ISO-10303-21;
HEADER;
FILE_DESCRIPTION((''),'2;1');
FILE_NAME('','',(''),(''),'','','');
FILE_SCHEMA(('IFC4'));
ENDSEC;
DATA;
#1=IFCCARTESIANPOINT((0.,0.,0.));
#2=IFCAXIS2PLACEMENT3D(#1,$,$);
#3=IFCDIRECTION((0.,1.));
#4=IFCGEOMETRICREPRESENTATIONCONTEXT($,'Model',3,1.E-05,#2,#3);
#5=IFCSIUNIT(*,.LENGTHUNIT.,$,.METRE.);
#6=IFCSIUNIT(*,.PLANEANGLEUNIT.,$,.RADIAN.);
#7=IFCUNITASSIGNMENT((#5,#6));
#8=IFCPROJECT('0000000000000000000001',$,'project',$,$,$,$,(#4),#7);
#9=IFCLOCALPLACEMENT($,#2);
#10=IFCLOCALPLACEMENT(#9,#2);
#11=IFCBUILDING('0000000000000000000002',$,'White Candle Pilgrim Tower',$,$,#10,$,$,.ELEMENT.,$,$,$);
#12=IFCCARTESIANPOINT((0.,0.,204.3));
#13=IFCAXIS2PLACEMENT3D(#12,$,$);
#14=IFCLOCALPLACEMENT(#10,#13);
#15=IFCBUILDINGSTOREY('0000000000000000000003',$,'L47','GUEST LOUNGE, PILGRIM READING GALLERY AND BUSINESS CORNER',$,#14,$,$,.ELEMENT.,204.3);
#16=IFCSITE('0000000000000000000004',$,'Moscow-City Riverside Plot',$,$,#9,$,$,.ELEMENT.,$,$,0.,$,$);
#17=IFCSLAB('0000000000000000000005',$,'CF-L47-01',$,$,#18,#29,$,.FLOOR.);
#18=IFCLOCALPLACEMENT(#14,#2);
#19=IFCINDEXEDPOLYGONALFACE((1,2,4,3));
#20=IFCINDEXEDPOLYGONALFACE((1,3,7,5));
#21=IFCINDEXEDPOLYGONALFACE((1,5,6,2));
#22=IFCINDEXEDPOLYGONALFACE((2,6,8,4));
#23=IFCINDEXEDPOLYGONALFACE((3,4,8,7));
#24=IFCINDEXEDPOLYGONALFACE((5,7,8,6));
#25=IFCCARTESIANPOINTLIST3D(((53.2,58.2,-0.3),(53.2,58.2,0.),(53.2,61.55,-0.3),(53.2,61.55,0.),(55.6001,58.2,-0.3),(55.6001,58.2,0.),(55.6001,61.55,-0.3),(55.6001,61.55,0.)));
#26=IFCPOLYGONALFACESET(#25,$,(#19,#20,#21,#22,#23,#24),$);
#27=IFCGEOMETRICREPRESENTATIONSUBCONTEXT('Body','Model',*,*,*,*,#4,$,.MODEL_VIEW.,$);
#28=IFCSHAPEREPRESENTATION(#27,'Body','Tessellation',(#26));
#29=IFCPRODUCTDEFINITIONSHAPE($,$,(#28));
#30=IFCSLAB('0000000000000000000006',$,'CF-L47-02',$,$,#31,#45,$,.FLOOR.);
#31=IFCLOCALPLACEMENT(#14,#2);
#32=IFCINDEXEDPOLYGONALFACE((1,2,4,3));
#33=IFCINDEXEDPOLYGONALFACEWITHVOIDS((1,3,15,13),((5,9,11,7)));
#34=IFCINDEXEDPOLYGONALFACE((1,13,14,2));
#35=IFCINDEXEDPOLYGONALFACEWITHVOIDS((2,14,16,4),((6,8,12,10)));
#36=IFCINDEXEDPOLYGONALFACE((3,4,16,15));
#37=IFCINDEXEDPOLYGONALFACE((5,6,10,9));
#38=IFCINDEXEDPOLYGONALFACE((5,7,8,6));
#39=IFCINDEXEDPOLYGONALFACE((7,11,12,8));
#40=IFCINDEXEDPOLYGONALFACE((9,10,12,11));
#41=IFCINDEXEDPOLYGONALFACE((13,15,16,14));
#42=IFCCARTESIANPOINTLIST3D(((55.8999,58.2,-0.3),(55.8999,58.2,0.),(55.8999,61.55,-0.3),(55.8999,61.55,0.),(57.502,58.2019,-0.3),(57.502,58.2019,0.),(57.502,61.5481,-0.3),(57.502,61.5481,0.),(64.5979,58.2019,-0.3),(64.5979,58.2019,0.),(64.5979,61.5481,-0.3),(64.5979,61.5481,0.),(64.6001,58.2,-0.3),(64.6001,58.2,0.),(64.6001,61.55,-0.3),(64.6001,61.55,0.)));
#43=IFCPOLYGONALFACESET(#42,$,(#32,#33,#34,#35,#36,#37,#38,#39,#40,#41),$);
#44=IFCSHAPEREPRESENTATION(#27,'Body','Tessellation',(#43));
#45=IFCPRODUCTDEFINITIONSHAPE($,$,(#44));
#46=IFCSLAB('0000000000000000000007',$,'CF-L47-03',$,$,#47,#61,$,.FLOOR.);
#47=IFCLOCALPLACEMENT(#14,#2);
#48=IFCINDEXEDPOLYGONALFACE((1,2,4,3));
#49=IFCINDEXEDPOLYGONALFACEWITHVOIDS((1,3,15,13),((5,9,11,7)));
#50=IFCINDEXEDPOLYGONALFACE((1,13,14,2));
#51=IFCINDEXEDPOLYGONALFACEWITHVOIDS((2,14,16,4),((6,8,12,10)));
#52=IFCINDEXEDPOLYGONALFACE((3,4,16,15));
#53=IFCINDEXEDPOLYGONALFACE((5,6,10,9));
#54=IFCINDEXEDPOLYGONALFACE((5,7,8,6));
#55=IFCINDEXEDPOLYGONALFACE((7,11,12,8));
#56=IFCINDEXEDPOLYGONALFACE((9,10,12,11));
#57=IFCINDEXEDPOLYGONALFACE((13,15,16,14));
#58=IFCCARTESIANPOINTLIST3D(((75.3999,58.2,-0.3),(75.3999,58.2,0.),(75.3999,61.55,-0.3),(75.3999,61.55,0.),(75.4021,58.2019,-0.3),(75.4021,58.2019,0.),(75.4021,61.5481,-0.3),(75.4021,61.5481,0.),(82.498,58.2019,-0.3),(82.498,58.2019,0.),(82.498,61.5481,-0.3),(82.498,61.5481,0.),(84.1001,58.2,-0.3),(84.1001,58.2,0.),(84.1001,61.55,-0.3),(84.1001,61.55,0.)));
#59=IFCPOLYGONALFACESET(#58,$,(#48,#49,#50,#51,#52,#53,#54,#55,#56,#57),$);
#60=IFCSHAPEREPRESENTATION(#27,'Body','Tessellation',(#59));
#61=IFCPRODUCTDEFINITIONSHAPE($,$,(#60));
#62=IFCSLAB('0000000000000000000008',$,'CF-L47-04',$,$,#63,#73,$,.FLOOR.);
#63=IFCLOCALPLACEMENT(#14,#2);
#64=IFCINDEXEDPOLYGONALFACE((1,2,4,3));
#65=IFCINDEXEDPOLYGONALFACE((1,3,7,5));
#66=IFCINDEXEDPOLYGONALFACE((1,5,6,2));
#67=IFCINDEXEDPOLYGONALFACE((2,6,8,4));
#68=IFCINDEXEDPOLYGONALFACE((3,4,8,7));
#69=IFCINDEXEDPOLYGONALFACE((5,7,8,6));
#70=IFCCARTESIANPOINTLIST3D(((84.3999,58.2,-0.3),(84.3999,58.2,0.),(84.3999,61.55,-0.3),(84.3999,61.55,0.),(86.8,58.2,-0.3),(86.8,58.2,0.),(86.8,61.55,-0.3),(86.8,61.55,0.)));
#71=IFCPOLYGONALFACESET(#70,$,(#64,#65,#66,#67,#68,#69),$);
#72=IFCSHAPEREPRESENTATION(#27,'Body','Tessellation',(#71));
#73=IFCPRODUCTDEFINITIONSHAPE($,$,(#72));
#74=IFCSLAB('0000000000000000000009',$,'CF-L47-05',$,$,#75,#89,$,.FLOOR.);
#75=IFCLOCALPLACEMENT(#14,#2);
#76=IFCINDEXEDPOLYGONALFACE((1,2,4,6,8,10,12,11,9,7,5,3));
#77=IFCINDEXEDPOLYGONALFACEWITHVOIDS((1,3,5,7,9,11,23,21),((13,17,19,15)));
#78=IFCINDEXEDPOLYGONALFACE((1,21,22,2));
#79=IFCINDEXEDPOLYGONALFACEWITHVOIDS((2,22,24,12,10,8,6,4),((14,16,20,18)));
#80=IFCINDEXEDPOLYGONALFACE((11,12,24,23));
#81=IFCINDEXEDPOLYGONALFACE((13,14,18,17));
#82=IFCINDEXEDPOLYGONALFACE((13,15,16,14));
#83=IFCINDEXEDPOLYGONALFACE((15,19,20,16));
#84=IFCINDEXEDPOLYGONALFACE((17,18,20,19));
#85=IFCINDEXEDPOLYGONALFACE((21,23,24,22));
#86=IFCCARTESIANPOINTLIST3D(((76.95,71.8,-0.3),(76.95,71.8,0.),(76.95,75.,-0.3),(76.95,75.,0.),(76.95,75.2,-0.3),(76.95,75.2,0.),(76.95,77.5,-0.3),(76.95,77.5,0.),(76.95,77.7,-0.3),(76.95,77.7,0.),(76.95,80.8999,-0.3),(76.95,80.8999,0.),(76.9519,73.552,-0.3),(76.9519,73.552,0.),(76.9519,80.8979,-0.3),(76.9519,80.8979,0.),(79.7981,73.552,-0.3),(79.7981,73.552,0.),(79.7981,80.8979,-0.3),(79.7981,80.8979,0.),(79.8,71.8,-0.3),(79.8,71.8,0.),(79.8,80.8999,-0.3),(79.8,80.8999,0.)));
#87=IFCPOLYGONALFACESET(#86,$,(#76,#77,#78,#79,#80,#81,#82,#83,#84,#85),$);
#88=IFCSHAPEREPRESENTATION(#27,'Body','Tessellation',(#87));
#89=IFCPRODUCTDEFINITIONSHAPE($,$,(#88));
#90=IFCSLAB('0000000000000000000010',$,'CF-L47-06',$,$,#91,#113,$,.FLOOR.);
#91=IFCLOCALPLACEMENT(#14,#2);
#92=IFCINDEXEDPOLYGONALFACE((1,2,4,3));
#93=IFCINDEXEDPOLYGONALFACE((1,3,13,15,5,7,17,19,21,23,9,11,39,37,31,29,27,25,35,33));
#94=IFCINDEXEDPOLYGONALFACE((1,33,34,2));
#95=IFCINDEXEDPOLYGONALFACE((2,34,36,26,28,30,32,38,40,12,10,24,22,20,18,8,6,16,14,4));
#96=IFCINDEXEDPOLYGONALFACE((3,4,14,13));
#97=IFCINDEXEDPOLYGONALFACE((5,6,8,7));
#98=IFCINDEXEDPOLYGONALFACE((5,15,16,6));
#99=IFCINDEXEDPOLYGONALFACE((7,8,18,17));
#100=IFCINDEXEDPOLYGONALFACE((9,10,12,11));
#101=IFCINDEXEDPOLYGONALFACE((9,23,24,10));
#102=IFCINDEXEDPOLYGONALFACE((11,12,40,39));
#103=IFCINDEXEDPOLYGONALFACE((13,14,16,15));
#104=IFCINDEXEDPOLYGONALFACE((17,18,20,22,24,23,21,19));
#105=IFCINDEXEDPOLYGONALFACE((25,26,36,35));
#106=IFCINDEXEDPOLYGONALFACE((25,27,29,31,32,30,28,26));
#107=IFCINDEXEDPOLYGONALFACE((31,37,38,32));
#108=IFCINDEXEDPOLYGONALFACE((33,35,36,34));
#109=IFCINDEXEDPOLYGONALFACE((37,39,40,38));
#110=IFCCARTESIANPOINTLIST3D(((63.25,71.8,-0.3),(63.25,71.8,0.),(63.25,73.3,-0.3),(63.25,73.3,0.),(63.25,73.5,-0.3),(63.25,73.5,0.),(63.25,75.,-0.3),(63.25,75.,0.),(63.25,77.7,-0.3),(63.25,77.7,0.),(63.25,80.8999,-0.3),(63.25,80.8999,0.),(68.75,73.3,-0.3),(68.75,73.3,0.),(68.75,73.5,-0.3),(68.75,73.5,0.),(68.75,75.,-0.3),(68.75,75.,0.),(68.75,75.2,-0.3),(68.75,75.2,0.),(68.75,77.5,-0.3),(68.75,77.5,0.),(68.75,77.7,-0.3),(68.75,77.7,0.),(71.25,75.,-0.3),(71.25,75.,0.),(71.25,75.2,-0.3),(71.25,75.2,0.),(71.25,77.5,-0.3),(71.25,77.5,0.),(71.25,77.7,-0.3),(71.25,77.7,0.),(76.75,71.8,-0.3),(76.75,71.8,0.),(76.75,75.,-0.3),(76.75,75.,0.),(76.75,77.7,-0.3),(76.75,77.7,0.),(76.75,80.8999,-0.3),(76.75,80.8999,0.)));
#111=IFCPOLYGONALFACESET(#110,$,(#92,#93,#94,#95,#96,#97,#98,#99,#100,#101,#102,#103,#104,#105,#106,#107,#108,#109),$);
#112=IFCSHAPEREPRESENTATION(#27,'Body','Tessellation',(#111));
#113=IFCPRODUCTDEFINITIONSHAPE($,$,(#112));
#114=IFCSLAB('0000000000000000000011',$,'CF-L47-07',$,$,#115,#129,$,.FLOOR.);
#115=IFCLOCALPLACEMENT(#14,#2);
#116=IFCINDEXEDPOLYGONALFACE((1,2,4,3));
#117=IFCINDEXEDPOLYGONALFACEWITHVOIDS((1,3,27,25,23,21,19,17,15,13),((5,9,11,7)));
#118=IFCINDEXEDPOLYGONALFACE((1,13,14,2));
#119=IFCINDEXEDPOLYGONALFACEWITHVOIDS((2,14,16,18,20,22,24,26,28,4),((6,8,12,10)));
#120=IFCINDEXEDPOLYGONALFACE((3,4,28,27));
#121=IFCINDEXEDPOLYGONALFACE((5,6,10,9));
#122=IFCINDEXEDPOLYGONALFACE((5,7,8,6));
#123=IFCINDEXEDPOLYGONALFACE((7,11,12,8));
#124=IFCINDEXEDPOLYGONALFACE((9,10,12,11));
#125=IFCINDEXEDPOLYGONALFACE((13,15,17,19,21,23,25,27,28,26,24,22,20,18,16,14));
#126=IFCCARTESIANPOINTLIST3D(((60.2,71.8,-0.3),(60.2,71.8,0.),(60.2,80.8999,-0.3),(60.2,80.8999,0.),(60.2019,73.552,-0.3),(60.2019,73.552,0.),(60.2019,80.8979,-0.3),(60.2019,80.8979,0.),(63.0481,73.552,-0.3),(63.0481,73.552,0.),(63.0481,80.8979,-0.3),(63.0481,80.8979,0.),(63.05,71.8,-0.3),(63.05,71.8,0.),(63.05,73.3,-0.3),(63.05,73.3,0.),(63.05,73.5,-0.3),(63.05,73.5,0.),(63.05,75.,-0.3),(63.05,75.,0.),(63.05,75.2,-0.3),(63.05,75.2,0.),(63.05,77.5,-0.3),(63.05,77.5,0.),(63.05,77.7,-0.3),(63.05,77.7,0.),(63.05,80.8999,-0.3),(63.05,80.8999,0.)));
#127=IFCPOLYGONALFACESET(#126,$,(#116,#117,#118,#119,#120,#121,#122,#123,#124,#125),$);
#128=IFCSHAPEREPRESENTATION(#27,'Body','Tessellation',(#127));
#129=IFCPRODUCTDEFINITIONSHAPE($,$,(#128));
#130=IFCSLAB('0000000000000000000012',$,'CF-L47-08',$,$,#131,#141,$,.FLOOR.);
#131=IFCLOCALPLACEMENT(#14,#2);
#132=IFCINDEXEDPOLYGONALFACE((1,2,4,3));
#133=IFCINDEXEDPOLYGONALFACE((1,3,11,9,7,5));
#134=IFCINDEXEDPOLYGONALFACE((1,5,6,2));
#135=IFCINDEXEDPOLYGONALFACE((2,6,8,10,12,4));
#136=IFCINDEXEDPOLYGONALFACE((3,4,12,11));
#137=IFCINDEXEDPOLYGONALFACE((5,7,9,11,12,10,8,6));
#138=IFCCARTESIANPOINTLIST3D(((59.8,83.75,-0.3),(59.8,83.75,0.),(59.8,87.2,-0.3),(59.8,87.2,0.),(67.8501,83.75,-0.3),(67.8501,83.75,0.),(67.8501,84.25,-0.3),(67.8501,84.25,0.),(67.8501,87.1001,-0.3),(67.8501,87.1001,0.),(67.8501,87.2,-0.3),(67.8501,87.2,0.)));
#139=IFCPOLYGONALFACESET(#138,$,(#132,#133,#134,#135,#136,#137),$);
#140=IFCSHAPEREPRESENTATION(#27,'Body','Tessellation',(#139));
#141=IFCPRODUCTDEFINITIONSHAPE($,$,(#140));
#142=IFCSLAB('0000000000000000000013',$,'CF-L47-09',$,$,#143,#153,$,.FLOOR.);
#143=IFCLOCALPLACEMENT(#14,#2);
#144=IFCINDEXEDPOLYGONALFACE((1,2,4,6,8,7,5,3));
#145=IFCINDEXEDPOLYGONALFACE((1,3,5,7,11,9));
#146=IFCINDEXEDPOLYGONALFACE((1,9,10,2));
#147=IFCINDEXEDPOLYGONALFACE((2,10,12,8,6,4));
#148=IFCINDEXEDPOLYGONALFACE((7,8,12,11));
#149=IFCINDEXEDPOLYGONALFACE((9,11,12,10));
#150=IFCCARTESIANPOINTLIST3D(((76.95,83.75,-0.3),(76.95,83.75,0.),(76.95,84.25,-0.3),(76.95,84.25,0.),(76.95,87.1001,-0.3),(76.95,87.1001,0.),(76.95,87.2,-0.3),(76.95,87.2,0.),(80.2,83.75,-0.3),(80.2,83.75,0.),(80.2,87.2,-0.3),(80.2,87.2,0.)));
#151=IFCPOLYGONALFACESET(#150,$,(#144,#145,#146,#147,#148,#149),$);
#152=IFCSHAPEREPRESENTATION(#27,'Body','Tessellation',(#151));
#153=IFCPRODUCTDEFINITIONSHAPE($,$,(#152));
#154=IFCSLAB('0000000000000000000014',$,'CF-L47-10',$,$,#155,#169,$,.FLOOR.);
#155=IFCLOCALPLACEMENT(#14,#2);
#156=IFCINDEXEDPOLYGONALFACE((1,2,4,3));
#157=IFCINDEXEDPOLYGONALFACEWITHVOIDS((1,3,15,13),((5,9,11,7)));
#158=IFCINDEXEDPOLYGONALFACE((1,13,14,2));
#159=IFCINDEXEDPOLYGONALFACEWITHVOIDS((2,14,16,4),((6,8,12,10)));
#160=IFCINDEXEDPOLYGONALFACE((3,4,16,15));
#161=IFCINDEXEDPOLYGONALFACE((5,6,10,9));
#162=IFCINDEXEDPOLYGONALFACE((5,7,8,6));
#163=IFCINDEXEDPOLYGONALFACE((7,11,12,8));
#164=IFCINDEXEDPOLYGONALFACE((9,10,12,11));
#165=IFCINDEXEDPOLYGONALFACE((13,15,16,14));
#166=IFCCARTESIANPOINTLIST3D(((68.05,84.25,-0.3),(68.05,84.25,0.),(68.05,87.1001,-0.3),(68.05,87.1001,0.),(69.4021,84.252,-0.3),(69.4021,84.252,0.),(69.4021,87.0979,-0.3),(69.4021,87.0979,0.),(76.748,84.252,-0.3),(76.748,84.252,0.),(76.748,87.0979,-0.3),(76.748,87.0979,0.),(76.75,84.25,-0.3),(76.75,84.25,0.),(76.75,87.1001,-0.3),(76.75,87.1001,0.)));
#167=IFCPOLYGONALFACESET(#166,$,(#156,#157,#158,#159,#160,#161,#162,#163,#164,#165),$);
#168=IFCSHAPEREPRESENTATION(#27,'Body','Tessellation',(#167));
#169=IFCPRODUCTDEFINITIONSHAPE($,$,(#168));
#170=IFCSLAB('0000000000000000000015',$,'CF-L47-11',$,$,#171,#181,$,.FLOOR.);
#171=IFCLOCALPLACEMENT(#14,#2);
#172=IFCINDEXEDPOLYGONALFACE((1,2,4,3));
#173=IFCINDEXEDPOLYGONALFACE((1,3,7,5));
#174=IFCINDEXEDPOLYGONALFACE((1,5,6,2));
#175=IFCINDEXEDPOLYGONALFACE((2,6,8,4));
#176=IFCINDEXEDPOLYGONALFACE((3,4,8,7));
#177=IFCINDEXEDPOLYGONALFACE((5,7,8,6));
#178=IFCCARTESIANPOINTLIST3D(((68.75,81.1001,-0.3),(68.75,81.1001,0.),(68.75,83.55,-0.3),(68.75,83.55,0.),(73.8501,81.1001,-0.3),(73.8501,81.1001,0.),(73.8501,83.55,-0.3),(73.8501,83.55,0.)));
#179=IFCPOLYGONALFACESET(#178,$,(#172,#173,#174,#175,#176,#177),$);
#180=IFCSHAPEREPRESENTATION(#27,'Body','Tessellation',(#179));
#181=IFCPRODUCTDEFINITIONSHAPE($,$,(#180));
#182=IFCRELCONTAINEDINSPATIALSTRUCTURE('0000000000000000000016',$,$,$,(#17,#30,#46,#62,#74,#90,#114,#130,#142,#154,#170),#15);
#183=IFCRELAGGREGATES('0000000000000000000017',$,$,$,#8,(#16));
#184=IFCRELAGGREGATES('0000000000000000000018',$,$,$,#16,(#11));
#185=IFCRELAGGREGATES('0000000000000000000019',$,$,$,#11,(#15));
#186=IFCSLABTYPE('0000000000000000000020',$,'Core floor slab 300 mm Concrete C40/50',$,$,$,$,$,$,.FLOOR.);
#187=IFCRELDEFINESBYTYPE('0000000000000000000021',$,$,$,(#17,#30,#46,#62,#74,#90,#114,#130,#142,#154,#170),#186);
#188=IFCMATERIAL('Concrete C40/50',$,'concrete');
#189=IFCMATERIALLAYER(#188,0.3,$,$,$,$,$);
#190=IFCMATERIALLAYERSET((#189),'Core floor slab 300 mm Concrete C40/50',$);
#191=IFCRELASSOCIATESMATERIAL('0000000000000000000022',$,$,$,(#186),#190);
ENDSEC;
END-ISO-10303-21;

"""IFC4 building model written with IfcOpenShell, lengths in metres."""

from ifc_helpers import new_model, si_unit, direction, frame, origin, place, context, subcontext, project, spatial, polyline, outline, extrude, material, layer, layer_set, type_object, element, save


model = new_model("IFC4")

# Units and contexts
model_context = context("Model", 3, precision=1e-05, world=origin(), true_north=direction((0.0, 1.0)))
body_context = subcontext(model_context, "Body", "Model", "MODEL_VIEW")
ifc_project = project(units=[si_unit("LENGTHUNIT", "METRE"), si_unit("PLANEANGLEUNIT", "RADIAN")], contexts=[model_context])

# Site, building, storey
site_placement = place(None, origin())
site = spatial("IfcSite", under=ifc_project, at=site_placement, Name="Moscow-City Riverside Plot", CompositionType="ELEMENT", RefElevation=0.0)
building_placement = place(site_placement, origin())
building = spatial("IfcBuilding", under=site, at=building_placement, Name="White Candle Pilgrim Tower", CompositionType="ELEMENT")
storey_placement = place(building_placement, frame((0.0, 0.0, 204.3)))
storey = spatial("IfcBuildingStorey", under=building, at=storey_placement, Name="L47", Description="GUEST LOUNGE, PILGRIM READING GALLERY AND BUSINESS CORNER", CompositionType="ELEMENT", Elevation=204.3)

# Slabs
ifc_material = material(Name="Concrete C40/50", Category="concrete")
ifc_layer_1 = layer(ifc_material, 0.3)
ifc_layer_set_1 = layer_set([ifc_layer_1], Name="Core floor slab 300 mm Concrete C40/50")
slab_type_1 = type_object("IfcSlabType", Name="Core floor slab 300 mm Concrete C40/50", PredefinedType="FLOOR", material=ifc_layer_set_1)
slab_1_placement = place(storey_placement, frame((0.0, 0.0, -0.3)))
element("IfcSlab", 1, at=slab_1_placement, inside=storey, type_object=slab_type_1, Name="CF-L47-01", PredefinedType="FLOOR", context=body_context, shape_type="SweptSolid", body=[
    extrude(outline(polyline([(55.6001, 58.2), (53.2, 58.2), (53.2, 61.55), (55.6001, 61.55), (55.6001, 58.2)])), origin(), (0.0, 0.0, 1.0), 0.3),
])
slab_2_placement = place(storey_placement, frame((0.0, 0.0, -0.3)))
element("IfcSlab", 2, at=slab_2_placement, inside=storey, type_object=slab_type_1, Name="CF-L47-02", PredefinedType="FLOOR", context=body_context, shape_type="SweptSolid", body=[
    extrude(outline(polyline([(55.8999, 58.2), (55.8999, 61.55), (64.6001, 61.55), (64.6001, 58.2), (55.8999, 58.2)]), holes=[polyline([(57.502, 61.5481), (57.502, 58.2019), (64.5979, 58.2019), (64.5979, 61.5481), (57.502, 61.5481)])]), origin(), (0.0, 0.0, 1.0), 0.3),
])
slab_3_placement = place(storey_placement, frame((0.0, 0.0, -0.3)))
element("IfcSlab", 3, at=slab_3_placement, inside=storey, type_object=slab_type_1, Name="CF-L47-03", PredefinedType="FLOOR", context=body_context, shape_type="SweptSolid", body=[
    extrude(outline(polyline([(75.3999, 58.2), (75.3999, 61.55), (84.1001, 61.55), (84.1001, 58.2), (75.3999, 58.2)]), holes=[polyline([(82.498, 58.2019), (82.498, 61.5481), (75.4021, 61.5481), (75.4021, 58.2019), (82.498, 58.2019)])]), origin(), (0.0, 0.0, 1.0), 0.3),
])
slab_4_placement = place(storey_placement, frame((0.0, 0.0, -0.3)))
element("IfcSlab", 4, at=slab_4_placement, inside=storey, type_object=slab_type_1, Name="CF-L47-04", PredefinedType="FLOOR", context=body_context, shape_type="SweptSolid", body=[
    extrude(outline(polyline([(86.8, 58.2), (84.3999, 58.2), (84.3999, 61.55), (86.8, 61.55), (86.8, 58.2)])), origin(), (0.0, 0.0, 1.0), 0.3),
])
slab_5_placement = place(storey_placement, frame((0.0, 0.0, -0.3)))
element("IfcSlab", 5, at=slab_5_placement, inside=storey, type_object=slab_type_1, Name="CF-L47-05", PredefinedType="FLOOR", context=body_context, shape_type="SweptSolid", body=[
    extrude(outline(polyline([(76.95, 71.8), (76.95, 75.0), (76.95, 75.2), (76.95, 77.5), (76.95, 77.7), (76.95, 80.8999), (79.8, 80.8999), (79.8, 71.8), (76.95, 71.8)]), holes=[polyline([(76.9519, 73.552), (79.7981, 73.552), (79.7981, 80.8979), (76.9519, 80.8979), (76.9519, 73.552)])]), origin(), (0.0, 0.0, 1.0), 0.3),
])
slab_6_placement = place(storey_placement, frame((0.0, 0.0, -0.3)))
element("IfcSlab", 6, at=slab_6_placement, inside=storey, type_object=slab_type_1, Name="CF-L47-06", PredefinedType="FLOOR", context=body_context, shape_type="SweptSolid", body=[
    extrude(outline(polyline([(63.25, 71.8), (63.25, 73.3), (68.75, 73.3), (68.75, 73.5), (63.25, 73.5), (63.25, 75.0), (68.75, 75.0), (68.75, 75.2), (68.75, 77.5), (68.75, 77.7), (63.25, 77.7), (63.25, 80.8999), (76.75, 80.8999), (76.75, 77.7), (71.25, 77.7), (71.25, 77.5), (71.25, 75.2), (71.25, 75.0), (76.75, 75.0), (76.75, 71.8), (63.25, 71.8)])), origin(), (0.0, 0.0, 1.0), 0.3),
])
slab_7_placement = place(storey_placement, frame((0.0, 0.0, -0.3)))
element("IfcSlab", 7, at=slab_7_placement, inside=storey, type_object=slab_type_1, Name="CF-L47-07", PredefinedType="FLOOR", context=body_context, shape_type="SweptSolid", body=[
    extrude(outline(polyline([(60.2, 71.8), (60.2, 80.8999), (63.05, 80.8999), (63.05, 77.7), (63.05, 77.5), (63.05, 75.2), (63.05, 75.0), (63.05, 73.5), (63.05, 73.3), (63.05, 71.8), (60.2, 71.8)]), holes=[polyline([(60.2019, 73.552), (63.0481, 73.552), (63.0481, 80.8979), (60.2019, 80.8979), (60.2019, 73.552)])]), origin(), (0.0, 0.0, 1.0), 0.3),
])
slab_8_placement = place(storey_placement, frame((0.0, 0.0, -0.3)))
element("IfcSlab", 8, at=slab_8_placement, inside=storey, type_object=slab_type_1, Name="CF-L47-08", PredefinedType="FLOOR", context=body_context, shape_type="SweptSolid", body=[
    extrude(outline(polyline([(59.8, 87.2), (67.8501, 87.2), (67.8501, 87.1001), (67.8501, 84.25), (67.8501, 83.75), (59.8, 83.75), (59.8, 87.2)])), origin(), (0.0, 0.0, 1.0), 0.3),
])
slab_9_placement = place(storey_placement, frame((0.0, 0.0, -0.3)))
element("IfcSlab", 9, at=slab_9_placement, inside=storey, type_object=slab_type_1, Name="CF-L47-09", PredefinedType="FLOOR", context=body_context, shape_type="SweptSolid", body=[
    extrude(outline(polyline([(80.2, 87.2), (80.2, 83.75), (76.95, 83.75), (76.95, 84.25), (76.95, 87.1001), (76.95, 87.2), (80.2, 87.2)])), origin(), (0.0, 0.0, 1.0), 0.3),
])
slab_10_placement = place(storey_placement, frame((0.0, 0.0, -0.3)))
element("IfcSlab", 10, at=slab_10_placement, inside=storey, type_object=slab_type_1, Name="CF-L47-10", PredefinedType="FLOOR", context=body_context, shape_type="SweptSolid", body=[
    extrude(outline(polyline([(68.05, 87.1001), (76.75, 87.1001), (76.75, 84.25), (68.05, 84.25), (68.05, 87.1001)]), holes=[polyline([(69.4021, 87.0979), (69.4021, 84.252), (76.748, 84.252), (76.748, 87.0979), (69.4021, 87.0979)])]), origin(), (0.0, 0.0, 1.0), 0.3),
])
slab_11_placement = place(storey_placement, frame((0.0, 0.0, -0.3)))
element("IfcSlab", 11, at=slab_11_placement, inside=storey, type_object=slab_type_1, Name="CF-L47-11", PredefinedType="FLOOR", context=body_context, shape_type="SweptSolid", body=[
    extrude(outline(polyline([(73.8501, 83.55), (73.8501, 81.1001), (68.75, 81.1001), (68.75, 83.55), (73.8501, 83.55)])), origin(), (0.0, 0.0, 1.0), 0.3),
])

save(model, "model.ifc")
